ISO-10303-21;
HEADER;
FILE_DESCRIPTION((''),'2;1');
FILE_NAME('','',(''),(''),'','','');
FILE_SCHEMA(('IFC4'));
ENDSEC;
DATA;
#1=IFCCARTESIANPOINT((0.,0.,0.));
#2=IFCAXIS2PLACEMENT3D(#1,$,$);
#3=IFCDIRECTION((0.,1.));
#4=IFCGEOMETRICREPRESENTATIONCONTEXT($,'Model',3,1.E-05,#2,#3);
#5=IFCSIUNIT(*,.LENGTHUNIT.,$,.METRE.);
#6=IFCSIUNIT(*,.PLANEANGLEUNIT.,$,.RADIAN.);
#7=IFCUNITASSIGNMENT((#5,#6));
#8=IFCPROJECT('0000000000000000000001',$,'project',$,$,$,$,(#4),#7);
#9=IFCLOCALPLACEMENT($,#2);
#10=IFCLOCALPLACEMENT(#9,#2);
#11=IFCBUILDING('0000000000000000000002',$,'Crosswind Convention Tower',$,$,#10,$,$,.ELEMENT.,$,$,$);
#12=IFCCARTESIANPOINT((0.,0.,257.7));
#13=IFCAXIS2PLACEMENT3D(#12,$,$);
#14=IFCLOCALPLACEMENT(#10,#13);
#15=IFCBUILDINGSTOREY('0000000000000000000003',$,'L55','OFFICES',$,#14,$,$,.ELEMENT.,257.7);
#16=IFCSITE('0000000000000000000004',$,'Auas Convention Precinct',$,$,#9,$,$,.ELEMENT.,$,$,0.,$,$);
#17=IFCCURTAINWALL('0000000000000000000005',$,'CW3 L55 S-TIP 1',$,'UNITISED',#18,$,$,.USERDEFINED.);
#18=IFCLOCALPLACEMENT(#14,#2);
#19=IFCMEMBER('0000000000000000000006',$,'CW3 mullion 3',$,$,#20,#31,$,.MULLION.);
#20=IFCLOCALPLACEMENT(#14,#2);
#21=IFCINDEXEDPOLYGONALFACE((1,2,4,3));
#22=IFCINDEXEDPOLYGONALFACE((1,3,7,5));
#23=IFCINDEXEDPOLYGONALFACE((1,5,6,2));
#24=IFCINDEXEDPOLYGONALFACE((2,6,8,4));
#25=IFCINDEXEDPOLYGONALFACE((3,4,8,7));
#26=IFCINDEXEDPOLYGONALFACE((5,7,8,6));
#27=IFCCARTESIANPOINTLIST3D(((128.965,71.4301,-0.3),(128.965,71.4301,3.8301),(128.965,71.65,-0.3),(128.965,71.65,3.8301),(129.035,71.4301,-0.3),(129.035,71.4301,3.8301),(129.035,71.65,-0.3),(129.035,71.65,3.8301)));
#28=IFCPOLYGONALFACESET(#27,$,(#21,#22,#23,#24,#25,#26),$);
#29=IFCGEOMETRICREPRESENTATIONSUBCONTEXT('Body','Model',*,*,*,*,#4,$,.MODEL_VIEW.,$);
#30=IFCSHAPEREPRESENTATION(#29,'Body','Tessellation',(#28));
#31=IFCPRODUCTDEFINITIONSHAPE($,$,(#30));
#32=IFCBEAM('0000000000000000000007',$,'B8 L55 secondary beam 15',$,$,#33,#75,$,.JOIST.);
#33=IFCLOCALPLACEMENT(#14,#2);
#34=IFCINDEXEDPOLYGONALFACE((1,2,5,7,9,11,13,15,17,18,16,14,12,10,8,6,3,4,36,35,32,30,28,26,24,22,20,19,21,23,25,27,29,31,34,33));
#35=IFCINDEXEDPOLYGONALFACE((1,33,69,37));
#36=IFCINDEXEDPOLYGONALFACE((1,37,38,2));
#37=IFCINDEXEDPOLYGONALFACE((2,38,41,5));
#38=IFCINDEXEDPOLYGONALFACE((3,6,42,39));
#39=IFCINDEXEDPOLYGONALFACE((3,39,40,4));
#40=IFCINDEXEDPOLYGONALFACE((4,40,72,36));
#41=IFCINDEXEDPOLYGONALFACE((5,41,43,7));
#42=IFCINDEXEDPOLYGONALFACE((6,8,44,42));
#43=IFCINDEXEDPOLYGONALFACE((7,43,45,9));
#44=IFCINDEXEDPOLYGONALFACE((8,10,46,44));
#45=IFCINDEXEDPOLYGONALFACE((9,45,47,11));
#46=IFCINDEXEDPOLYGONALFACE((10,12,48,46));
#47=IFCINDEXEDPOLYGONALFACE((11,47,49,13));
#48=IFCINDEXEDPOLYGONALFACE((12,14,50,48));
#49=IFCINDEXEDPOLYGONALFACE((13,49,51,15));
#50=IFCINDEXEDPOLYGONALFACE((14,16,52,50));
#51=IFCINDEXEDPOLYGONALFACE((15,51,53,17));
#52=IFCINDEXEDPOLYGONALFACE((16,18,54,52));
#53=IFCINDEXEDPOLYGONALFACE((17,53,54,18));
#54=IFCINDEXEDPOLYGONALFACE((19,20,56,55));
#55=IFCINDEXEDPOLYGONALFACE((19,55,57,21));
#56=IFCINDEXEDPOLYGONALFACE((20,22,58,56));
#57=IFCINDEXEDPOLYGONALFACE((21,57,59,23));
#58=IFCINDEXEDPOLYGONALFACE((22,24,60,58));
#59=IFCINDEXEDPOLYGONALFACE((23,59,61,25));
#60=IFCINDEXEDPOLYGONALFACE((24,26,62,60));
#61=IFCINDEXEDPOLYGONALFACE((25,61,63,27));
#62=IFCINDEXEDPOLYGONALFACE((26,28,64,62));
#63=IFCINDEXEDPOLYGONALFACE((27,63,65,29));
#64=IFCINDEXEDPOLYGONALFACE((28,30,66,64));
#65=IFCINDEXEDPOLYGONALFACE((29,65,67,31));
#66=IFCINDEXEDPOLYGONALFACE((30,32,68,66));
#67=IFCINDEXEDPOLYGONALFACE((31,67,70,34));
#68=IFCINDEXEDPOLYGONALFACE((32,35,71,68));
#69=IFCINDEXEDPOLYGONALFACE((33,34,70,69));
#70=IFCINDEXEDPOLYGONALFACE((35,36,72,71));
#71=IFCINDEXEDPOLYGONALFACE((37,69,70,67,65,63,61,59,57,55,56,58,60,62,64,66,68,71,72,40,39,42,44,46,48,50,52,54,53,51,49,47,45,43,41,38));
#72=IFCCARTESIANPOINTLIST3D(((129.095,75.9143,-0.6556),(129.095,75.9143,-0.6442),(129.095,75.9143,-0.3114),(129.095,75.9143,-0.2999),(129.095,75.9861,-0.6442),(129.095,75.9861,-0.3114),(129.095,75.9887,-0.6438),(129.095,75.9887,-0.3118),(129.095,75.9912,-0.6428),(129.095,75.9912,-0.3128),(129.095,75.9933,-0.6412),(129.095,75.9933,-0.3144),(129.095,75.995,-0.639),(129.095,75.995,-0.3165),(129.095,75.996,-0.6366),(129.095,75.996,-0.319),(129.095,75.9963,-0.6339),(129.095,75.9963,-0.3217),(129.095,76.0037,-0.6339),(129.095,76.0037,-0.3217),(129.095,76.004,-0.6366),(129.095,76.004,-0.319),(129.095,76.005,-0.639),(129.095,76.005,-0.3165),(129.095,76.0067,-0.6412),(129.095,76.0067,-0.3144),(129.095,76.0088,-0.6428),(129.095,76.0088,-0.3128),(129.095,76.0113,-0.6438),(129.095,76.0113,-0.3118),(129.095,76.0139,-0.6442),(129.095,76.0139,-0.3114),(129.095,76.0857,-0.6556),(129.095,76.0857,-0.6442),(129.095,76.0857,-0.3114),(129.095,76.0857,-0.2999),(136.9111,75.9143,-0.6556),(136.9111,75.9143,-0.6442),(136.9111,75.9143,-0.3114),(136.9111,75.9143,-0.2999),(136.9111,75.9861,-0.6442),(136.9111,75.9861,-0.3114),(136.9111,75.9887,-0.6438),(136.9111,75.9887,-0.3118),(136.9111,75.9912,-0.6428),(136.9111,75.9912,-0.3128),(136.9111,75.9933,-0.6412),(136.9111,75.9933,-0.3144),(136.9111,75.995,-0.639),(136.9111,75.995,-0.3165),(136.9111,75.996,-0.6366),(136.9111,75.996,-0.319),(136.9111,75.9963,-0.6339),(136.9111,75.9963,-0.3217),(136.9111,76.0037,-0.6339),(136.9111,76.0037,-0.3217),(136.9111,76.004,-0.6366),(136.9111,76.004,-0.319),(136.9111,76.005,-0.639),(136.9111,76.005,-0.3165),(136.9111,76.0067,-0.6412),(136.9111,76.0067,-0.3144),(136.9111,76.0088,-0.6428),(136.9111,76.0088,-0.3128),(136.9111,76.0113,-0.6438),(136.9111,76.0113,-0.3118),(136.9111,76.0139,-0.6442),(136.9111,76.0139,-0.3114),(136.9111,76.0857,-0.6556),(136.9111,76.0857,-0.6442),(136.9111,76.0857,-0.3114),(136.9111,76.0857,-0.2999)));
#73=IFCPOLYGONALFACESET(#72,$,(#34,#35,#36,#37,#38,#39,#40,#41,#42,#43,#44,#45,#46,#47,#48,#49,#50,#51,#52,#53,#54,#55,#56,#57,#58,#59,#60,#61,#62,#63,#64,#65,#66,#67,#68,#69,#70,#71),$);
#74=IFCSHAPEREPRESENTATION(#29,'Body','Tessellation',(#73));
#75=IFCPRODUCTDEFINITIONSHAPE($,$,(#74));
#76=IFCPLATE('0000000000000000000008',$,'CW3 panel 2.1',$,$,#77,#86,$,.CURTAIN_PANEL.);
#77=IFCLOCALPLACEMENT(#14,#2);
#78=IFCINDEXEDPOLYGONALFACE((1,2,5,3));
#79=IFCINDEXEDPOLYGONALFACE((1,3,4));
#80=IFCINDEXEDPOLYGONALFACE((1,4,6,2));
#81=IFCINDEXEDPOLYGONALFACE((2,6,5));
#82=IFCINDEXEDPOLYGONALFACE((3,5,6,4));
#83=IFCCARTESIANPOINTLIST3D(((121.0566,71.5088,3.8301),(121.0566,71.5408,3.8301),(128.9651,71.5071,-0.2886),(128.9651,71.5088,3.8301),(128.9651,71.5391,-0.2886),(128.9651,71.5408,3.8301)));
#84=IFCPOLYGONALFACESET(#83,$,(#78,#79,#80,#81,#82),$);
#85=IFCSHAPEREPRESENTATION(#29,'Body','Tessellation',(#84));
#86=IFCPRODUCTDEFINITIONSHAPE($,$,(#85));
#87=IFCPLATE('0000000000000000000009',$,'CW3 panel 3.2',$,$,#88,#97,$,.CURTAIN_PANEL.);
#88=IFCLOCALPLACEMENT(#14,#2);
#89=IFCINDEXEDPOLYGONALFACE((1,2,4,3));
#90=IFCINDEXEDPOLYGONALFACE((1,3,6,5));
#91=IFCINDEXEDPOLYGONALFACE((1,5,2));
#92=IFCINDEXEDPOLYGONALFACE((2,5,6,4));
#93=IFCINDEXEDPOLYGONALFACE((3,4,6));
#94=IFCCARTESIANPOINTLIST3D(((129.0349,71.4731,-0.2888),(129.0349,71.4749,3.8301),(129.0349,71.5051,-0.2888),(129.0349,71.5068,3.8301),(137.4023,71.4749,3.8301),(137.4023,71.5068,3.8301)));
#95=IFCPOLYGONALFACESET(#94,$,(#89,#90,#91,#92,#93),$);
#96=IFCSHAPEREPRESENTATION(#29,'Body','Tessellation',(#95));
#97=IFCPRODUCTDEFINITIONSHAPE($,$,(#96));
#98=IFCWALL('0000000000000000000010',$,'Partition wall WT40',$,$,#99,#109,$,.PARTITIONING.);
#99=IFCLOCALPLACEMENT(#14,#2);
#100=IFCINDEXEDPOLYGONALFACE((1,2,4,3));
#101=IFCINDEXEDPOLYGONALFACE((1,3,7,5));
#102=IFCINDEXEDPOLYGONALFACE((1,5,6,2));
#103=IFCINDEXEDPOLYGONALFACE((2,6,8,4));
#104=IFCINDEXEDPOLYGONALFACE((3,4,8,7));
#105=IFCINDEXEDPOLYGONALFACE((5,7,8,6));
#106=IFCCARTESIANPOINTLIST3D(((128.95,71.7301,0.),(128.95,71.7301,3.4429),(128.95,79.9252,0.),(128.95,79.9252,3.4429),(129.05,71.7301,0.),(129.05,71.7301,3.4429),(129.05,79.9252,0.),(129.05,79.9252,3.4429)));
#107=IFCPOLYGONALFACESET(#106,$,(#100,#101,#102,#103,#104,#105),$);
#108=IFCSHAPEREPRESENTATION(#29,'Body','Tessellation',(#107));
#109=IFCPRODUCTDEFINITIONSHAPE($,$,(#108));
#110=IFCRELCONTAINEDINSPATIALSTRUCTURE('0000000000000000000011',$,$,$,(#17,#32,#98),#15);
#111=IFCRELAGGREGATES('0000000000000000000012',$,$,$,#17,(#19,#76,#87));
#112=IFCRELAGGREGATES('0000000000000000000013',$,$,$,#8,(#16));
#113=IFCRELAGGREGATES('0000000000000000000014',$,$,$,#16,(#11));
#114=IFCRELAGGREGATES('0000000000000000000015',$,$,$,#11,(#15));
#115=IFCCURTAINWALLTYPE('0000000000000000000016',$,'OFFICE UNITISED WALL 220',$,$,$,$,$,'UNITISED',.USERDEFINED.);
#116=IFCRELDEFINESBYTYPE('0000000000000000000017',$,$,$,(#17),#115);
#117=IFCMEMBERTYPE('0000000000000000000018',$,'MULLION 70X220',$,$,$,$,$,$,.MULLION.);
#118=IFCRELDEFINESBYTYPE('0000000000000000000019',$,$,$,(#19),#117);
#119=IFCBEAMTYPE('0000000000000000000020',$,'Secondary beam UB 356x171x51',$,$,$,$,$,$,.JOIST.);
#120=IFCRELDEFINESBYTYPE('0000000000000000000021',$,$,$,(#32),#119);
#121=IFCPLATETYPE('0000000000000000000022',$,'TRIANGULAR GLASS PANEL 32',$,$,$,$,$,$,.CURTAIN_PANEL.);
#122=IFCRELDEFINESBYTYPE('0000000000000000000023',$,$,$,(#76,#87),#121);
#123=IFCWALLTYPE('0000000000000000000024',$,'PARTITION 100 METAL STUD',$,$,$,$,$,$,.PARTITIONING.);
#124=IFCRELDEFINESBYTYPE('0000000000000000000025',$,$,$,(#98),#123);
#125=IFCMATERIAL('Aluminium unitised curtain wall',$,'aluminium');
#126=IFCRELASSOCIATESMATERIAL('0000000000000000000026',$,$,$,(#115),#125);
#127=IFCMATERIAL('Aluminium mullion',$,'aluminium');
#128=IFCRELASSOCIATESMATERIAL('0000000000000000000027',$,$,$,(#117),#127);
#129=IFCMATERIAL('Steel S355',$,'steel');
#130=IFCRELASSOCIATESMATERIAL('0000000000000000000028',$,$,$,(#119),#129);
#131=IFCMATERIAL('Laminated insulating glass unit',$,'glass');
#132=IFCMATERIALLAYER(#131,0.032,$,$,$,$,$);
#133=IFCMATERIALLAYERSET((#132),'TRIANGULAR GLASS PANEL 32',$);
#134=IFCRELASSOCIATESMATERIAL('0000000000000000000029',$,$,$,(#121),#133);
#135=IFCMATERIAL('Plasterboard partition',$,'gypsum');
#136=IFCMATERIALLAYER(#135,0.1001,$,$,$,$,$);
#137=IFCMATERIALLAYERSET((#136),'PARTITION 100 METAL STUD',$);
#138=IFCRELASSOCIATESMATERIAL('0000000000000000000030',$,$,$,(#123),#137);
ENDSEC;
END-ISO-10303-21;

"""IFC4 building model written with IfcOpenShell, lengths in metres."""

from ifc_helpers import new_model, si_unit, direction, frame, frame_2d, origin, origin_2d, place, context, subcontext, project, spatial, polyline, rectangle, i_section, outline, extrude, material, layer, layer_set, material_profile, profile_set, type_object, element, aggregate, save


model = new_model("IFC4")

# Units and contexts
model_context = context("Model", 3, precision=1e-05, world=origin(), true_north=direction((0.0, 1.0)))
body_context = subcontext(model_context, "Body", "Model", "MODEL_VIEW")
ifc_project = project(units=[si_unit("LENGTHUNIT", "METRE"), si_unit("PLANEANGLEUNIT", "RADIAN")], contexts=[model_context])

# Site, building, storey
site_placement = place(None, origin())
site = spatial("IfcSite", under=ifc_project, at=site_placement, Name="Auas Convention Precinct", CompositionType="ELEMENT", RefElevation=0.0)
building_placement = place(site_placement, origin())
building = spatial("IfcBuilding", under=site, at=building_placement, Name="Crosswind Convention Tower", CompositionType="ELEMENT")
storey_placement = place(building_placement, frame((0.0, 0.0, 257.7)))
storey = spatial("IfcBuildingStorey", under=building, at=storey_placement, Name="L55", Description="OFFICES", CompositionType="ELEMENT", Elevation=257.7)

# Shared definitions
ifc_material_1 = material(Name="Steel S355", Category="steel")

# Curtain wall, member
ifc_material_2 = material(Name="Aluminium unitised curtain wall", Category="aluminium")
curtain_wall_type = type_object("IfcCurtainWallType", Name="OFFICE UNITISED WALL 220", ElementType="UNITISED", PredefinedType="USERDEFINED", material=ifc_material_2)
curtain_wall_placement = place(storey_placement, origin())
curtain_wall = element("IfcCurtainWall", 1, at=curtain_wall_placement, inside=storey, type_object=curtain_wall_type, Name="CW3 L55 S-TIP 1", ObjectType="UNITISED", PredefinedType="USERDEFINED")
ifc_material_3 = material(Name="Aluminium mullion", Category="aluminium")
ifc_material_profile_1 = material_profile(ifc_material_3, rectangle(XDim=0.22, YDim=0.0701, at=origin_2d()), Name="AL 220X70")
ifc_profile_set_1 = profile_set([ifc_material_profile_1], Name="Aluminium mullion")
member_type = type_object("IfcMemberType", Name="MULLION 70X220", PredefinedType="MULLION", material=ifc_profile_set_1)
member_placement = place(storey_placement, frame((129.0, 71.54, -0.3), z_axis=(0.0, 0.0, 1.0), x_axis=(0.0, -1.0, 0.0)))
member = element("IfcMember", 2, at=member_placement, type_object=member_type, Name="CW3 mullion 3", PredefinedType="MULLION", context=body_context, shape_type="SweptSolid", body=[
    extrude(rectangle(XDim=0.22, YDim=0.0701, at=origin_2d()), origin(), (0.0, 0.0, 1.0), 4.1301),
])

# Beam
ifc_material_profile_2 = material_profile(ifc_material_1, i_section(OverallWidth=0.1714, OverallDepth=0.3557, WebThickness=0.0073, FlangeThickness=0.0115, FilletRadius=0.0103, at=origin_2d()), Name="UB 356x171x51")
ifc_profile_set_2 = profile_set([ifc_material_profile_2], Name="Steel S355")
beam_type_1 = type_object("IfcBeamType", Name="Secondary beam UB 356x171x51", PredefinedType="JOIST", material=ifc_profile_set_2)
beam_1_placement = place(storey_placement, frame((129.095, 76.0, -0.4778), z_axis=(1.0, 0.0, 0.0), x_axis=(0.0, 1.0, 0.0)))
element("IfcBeam", 3, at=beam_1_placement, inside=storey, type_object=beam_type_1, Name="B8 L55 secondary beam 15", PredefinedType="JOIST", context=body_context, shape_type="SweptSolid", body=[
    extrude(i_section(OverallWidth=0.1714, OverallDepth=0.3557, WebThickness=0.0073, FlangeThickness=0.0115, FilletRadius=0.0103, at=origin_2d()), origin(), (0.0, 0.0, 1.0), 7.8162),
])

# Plates
ifc_material_4 = material(Name="Laminated insulating glass unit", Category="glass")
ifc_layer_1 = layer(ifc_material_4, 0.032)
ifc_layer_set_1 = layer_set([ifc_layer_1], Name="TRIANGULAR GLASS PANEL 32")
plate_type = type_object("IfcPlateType", Name="TRIANGULAR GLASS PANEL 32", PredefinedType="CURTAIN_PANEL", material=ifc_layer_set_1)
plate_1_placement = place(storey_placement, frame((128.9651, 71.5088, 3.8301), z_axis=(0.0, -1.0, 0.000415), x_axis=(-1.0, 0.0, 0.0)))
plate_1 = element("IfcPlate", 4, at=plate_1_placement, type_object=plate_type, Name="CW3 panel 2.1", PredefinedType="CURTAIN_PANEL", context=body_context, shape_type="SweptSolid", body=[
    extrude(outline(polyline([(0.0, 0.0), (7.9084, 0.0), (0.0, 4.1187), (0.0, 0.0)])), origin(), (0.0, 0.0, -1.0), 0.032),
])
plate_2_placement = place(storey_placement, frame((129.0349, 71.4749, 3.8301), z_axis=(0.0, -1.0, 0.000415), x_axis=(0.0, -0.000415, -1.0)))
plate_2 = element("IfcPlate", 5, at=plate_2_placement, type_object=plate_type, Name="CW3 panel 3.2", PredefinedType="CURTAIN_PANEL", context=body_context, shape_type="SweptSolid", body=[
    extrude(outline(polyline([(0.0, 0.0), (4.1189, 0.0), (0.0, 8.3674), (0.0, 0.0)])), origin(), (0.0, 0.0, -1.0), 0.032),
])
aggregate(curtain_wall, [member, plate_1, plate_2])

# Wall
ifc_material_5 = material(Name="Plasterboard partition", Category="gypsum")
ifc_layer_2 = layer(ifc_material_5, 0.1001)
ifc_layer_set_2 = layer_set([ifc_layer_2], Name="PARTITION 100 METAL STUD")
wall_type_1 = type_object("IfcWallType", Name="PARTITION 100 METAL STUD", PredefinedType="PARTITIONING", material=ifc_layer_set_2)
wall_1_placement = place(storey_placement, frame((129.0, 71.73, 0.0), z_axis=(0.0, 0.0, 1.0), x_axis=(0.0, 1.0, 0.0)))
element("IfcWall", 6, at=wall_1_placement, inside=storey, type_object=wall_type_1, Name="Partition wall WT40", PredefinedType="PARTITIONING", context=body_context, shape_type="SweptSolid", body=[
    extrude(rectangle(XDim=8.1951, YDim=0.1001, at=frame_2d((4.0977, 0.0))), origin(), (0.0, 0.0, 1.0), 3.4429),
])

save(model, "model.ifc")
